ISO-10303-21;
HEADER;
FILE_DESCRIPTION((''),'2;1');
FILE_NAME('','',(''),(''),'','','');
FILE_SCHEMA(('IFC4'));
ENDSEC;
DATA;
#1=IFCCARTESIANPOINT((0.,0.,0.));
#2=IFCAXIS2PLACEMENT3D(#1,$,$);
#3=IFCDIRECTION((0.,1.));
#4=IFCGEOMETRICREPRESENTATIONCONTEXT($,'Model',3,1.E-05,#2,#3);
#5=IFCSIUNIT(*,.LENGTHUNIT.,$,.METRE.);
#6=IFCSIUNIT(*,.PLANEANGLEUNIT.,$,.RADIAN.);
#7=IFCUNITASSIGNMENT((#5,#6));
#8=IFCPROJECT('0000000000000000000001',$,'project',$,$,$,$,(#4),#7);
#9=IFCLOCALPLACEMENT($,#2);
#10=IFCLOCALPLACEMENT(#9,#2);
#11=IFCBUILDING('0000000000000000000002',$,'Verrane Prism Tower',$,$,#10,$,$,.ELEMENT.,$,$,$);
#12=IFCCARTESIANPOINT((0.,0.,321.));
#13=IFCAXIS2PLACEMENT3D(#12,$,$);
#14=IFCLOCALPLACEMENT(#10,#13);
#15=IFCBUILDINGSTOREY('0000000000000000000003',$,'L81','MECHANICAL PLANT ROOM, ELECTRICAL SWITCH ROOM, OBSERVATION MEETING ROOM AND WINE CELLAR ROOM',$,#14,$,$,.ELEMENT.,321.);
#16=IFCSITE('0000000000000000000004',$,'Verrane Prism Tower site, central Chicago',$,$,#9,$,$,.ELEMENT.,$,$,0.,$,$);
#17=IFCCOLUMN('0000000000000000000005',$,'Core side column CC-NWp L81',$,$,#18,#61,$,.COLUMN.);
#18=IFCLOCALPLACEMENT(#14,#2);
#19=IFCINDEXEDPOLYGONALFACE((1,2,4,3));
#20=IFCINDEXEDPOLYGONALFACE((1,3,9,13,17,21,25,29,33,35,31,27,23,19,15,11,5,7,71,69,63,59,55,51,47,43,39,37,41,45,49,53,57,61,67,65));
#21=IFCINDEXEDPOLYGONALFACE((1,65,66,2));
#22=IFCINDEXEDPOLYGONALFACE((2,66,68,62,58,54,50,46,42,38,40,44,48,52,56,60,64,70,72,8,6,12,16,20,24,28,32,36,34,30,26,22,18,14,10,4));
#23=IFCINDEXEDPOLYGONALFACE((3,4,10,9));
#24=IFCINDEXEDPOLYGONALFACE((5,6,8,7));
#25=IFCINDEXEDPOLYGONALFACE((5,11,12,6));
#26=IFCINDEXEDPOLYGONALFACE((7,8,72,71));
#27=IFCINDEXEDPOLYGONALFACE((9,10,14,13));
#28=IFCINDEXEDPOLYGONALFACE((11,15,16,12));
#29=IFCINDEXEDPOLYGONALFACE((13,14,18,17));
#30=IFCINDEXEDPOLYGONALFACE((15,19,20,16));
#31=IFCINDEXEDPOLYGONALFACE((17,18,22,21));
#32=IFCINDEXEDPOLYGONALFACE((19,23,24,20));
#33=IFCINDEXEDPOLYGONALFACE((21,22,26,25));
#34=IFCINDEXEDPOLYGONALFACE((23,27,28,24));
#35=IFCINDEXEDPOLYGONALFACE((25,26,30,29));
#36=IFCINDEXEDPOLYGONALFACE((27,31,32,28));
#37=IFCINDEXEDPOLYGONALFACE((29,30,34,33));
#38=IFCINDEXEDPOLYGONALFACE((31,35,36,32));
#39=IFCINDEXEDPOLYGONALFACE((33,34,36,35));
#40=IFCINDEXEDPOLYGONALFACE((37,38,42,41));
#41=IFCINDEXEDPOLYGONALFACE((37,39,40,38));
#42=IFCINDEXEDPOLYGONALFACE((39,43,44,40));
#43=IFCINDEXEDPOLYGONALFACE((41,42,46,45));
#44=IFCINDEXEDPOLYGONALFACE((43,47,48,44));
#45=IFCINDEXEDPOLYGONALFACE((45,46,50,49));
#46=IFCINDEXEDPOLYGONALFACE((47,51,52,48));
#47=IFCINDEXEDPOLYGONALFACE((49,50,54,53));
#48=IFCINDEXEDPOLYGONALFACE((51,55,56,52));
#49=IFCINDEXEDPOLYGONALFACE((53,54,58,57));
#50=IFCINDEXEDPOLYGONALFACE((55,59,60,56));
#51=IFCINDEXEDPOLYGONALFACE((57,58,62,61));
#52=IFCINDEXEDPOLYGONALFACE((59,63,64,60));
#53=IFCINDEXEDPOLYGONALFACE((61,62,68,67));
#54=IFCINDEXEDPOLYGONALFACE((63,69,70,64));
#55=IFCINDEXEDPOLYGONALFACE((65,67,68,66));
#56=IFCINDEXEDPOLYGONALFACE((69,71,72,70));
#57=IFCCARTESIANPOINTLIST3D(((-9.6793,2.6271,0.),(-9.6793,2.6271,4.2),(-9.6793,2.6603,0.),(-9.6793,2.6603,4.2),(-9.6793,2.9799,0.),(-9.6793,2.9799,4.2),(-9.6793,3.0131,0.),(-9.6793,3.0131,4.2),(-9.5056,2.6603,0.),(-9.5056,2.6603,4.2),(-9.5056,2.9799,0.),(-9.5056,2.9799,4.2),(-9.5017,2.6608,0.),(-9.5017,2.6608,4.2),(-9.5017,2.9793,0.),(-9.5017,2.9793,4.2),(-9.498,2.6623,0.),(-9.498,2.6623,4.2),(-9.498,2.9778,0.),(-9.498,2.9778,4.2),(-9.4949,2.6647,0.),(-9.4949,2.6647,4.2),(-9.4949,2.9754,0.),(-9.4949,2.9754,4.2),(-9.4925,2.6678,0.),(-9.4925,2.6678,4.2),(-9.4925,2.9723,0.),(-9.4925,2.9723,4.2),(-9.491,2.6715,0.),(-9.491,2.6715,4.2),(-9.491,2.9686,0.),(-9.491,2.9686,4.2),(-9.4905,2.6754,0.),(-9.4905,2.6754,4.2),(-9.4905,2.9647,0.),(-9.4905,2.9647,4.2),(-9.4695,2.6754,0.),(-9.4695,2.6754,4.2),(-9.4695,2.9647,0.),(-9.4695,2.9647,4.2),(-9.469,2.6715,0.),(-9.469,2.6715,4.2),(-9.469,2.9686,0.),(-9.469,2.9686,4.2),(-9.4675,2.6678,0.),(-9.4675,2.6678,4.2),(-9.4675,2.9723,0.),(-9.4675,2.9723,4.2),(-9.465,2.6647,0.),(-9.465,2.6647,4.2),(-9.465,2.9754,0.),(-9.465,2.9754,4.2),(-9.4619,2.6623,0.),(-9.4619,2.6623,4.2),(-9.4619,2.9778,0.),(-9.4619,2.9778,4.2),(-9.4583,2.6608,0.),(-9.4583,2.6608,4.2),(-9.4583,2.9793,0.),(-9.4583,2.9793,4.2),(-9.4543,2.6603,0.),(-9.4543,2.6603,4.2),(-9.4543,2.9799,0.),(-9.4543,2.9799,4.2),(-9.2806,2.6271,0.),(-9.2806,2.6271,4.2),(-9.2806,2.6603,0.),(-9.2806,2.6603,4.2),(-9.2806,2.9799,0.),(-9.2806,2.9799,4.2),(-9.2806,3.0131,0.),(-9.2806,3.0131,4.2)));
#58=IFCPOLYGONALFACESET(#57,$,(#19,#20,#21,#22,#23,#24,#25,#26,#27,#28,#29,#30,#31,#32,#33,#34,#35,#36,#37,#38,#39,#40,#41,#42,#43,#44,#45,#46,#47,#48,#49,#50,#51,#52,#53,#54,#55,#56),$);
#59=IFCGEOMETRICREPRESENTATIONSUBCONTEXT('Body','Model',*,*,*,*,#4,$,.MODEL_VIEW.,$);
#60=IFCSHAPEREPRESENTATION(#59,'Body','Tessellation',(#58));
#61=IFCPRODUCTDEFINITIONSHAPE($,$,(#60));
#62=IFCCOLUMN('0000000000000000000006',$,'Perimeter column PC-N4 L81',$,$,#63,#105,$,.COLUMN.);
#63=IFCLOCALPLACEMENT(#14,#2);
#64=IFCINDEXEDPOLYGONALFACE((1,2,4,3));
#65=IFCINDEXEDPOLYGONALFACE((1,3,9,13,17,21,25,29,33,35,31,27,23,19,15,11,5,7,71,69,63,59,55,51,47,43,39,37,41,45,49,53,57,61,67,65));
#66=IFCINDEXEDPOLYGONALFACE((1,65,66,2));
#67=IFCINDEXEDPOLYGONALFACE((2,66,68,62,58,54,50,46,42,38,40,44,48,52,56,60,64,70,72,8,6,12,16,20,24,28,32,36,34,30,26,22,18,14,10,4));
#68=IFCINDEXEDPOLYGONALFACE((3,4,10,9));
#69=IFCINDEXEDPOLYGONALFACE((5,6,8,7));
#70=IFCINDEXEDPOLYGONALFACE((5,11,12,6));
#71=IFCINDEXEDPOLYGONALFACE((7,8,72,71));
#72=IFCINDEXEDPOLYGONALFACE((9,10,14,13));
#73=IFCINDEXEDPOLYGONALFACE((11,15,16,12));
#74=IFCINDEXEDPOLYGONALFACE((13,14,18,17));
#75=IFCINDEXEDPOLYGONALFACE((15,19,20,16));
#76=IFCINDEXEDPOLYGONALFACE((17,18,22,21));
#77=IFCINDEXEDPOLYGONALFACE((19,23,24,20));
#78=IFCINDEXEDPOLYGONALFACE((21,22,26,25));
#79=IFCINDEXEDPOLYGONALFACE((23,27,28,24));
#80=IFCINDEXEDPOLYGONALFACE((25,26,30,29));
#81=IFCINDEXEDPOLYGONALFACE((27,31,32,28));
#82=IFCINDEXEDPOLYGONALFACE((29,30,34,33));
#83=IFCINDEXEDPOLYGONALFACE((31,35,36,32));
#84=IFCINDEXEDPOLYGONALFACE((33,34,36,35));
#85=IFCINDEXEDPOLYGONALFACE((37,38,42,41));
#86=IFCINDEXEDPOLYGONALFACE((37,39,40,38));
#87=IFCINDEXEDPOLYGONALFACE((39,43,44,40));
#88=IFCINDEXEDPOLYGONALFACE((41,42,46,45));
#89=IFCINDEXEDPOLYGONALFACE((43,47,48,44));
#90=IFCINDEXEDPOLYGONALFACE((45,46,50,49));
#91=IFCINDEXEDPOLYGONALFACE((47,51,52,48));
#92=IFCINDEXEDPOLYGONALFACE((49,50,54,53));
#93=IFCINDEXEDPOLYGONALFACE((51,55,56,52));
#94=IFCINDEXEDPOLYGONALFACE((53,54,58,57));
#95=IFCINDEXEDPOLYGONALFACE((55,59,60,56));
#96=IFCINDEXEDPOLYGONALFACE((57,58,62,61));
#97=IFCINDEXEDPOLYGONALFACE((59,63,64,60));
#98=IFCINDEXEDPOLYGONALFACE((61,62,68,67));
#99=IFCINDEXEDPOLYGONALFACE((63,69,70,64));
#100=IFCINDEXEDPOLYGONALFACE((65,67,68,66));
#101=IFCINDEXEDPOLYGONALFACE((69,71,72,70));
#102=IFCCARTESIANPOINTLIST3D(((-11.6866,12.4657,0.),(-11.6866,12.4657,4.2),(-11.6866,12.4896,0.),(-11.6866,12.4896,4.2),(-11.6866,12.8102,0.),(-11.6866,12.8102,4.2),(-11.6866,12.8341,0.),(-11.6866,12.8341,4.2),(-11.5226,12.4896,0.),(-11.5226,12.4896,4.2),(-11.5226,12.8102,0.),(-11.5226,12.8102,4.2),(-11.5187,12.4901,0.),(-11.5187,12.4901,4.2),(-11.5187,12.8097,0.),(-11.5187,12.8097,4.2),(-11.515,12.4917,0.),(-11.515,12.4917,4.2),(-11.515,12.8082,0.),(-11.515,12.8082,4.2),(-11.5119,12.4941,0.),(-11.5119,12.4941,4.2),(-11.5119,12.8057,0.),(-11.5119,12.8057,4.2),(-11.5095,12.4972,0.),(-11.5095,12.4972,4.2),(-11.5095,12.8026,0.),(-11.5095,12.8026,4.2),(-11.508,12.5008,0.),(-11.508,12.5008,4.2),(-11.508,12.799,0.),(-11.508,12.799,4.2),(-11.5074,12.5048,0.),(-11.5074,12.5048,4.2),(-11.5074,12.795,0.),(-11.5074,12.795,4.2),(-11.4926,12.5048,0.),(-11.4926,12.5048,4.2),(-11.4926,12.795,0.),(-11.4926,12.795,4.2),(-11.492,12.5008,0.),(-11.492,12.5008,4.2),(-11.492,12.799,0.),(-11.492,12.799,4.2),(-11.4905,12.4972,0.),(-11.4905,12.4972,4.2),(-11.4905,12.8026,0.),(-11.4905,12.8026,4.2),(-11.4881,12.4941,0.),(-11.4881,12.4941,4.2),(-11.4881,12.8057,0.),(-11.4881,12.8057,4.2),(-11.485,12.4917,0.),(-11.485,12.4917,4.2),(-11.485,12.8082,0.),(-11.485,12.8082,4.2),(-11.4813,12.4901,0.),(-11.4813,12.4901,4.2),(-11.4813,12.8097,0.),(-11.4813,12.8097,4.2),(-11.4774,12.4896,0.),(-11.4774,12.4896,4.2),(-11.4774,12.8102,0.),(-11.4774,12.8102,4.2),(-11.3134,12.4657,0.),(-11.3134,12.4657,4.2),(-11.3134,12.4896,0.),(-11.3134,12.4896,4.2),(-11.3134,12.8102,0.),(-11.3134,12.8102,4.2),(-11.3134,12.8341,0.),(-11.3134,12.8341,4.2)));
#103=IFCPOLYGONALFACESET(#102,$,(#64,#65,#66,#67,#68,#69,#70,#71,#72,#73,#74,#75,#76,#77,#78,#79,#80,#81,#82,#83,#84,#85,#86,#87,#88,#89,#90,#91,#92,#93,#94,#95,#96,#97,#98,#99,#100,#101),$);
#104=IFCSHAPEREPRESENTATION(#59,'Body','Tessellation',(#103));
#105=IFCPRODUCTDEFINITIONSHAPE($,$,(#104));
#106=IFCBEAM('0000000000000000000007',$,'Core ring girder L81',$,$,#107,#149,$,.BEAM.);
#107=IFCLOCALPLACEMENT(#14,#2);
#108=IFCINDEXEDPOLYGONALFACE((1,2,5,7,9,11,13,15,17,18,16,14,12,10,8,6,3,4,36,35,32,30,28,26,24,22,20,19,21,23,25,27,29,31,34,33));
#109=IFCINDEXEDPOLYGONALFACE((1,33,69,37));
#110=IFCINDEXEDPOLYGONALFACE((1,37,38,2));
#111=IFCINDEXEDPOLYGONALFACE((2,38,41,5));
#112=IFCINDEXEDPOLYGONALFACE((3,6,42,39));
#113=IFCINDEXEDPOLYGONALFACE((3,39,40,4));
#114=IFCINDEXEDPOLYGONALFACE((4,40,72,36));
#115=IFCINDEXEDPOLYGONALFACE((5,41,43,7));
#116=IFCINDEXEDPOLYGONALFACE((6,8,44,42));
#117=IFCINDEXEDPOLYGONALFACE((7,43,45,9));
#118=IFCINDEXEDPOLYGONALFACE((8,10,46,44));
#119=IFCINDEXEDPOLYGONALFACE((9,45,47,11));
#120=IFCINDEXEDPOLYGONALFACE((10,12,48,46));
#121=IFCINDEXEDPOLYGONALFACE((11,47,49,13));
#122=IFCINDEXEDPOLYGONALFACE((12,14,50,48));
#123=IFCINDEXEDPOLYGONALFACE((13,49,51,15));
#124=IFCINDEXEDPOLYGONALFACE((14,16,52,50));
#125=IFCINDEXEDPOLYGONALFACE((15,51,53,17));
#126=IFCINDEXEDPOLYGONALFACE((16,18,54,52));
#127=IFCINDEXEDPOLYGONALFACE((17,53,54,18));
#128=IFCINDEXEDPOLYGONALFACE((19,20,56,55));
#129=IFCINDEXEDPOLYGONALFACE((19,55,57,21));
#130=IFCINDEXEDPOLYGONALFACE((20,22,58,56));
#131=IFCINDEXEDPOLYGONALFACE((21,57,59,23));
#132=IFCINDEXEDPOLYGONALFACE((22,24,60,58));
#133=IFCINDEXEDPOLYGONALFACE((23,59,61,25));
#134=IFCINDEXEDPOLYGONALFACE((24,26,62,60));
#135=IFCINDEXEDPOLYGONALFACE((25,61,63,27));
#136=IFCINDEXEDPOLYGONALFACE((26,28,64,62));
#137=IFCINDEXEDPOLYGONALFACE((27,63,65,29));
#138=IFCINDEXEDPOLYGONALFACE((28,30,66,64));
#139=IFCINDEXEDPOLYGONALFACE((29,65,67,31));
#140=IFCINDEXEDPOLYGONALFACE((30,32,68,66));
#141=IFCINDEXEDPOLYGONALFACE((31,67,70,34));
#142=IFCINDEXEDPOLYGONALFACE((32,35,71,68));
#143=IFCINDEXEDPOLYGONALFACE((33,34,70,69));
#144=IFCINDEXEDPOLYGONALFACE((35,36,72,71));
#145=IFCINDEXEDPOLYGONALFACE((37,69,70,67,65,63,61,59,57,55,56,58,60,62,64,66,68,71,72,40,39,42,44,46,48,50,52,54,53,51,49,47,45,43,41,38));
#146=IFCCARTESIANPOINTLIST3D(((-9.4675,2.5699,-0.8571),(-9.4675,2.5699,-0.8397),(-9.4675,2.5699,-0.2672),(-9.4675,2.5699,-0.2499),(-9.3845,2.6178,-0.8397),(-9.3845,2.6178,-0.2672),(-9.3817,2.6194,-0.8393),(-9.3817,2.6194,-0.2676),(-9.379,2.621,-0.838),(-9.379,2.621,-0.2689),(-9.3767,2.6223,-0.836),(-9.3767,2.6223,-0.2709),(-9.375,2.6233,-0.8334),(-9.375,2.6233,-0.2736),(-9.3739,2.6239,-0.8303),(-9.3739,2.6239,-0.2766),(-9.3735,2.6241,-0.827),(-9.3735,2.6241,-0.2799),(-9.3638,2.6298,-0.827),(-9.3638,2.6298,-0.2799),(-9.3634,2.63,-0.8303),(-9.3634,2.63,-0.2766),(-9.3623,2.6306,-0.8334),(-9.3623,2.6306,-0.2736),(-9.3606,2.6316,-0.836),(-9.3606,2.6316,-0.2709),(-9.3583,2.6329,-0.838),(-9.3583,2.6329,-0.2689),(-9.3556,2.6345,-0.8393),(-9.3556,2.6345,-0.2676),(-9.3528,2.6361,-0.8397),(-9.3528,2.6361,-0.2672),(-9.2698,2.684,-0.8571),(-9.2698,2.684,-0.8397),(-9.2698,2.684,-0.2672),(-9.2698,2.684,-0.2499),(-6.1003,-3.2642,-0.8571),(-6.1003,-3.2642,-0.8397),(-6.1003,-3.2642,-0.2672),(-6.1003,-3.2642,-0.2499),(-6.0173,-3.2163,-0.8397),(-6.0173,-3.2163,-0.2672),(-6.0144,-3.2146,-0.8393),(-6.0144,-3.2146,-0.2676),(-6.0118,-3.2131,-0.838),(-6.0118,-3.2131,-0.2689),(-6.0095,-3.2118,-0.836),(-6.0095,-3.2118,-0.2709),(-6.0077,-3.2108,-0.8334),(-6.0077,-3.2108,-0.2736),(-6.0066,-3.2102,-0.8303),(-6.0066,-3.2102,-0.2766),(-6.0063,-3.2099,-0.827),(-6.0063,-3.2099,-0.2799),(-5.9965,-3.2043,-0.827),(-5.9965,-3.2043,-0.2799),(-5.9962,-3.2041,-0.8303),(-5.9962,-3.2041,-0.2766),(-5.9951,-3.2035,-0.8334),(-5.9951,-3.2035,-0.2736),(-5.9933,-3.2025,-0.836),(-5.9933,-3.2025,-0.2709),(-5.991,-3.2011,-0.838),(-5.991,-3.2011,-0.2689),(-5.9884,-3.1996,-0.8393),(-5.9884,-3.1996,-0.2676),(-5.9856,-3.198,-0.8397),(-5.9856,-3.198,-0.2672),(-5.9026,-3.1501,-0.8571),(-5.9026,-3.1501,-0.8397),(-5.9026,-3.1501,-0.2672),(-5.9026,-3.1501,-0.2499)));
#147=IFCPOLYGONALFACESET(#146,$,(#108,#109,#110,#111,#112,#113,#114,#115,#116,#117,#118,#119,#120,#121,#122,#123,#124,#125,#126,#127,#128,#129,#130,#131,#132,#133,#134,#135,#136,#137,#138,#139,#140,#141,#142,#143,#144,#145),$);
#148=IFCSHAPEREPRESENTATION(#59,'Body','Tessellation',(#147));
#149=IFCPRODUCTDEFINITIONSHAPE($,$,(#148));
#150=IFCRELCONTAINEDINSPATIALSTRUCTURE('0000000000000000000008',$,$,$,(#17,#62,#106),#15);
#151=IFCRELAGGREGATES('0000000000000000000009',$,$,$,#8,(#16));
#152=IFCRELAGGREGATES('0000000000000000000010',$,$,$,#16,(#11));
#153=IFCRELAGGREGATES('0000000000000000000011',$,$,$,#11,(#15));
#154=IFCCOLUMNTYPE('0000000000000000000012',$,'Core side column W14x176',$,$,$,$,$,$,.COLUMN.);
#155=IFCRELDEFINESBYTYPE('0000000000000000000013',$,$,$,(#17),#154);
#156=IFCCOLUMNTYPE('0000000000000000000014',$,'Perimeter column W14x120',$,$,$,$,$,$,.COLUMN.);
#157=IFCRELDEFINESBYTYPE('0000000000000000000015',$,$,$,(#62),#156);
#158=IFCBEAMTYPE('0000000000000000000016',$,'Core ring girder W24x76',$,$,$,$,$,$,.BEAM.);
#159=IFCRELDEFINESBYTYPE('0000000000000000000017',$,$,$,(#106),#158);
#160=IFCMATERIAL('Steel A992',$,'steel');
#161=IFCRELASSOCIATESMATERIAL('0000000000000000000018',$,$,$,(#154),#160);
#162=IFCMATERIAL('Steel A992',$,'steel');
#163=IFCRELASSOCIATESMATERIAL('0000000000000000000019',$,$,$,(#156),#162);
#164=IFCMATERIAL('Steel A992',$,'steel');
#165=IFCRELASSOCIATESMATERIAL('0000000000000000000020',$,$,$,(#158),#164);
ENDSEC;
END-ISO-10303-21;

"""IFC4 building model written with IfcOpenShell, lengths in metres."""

from ifc_helpers import new_model, si_unit, direction, frame, origin, origin_2d, place, context, subcontext, project, spatial, i_section, extrude, material, material_profile, profile_set, type_object, element, save


model = new_model("IFC4")

# Units and contexts
model_context = context("Model", 3, precision=1e-05, world=origin(), true_north=direction((0.0, 1.0)))
body_context = subcontext(model_context, "Body", "Model", "MODEL_VIEW")
ifc_project = project(units=[si_unit("LENGTHUNIT", "METRE"), si_unit("PLANEANGLEUNIT", "RADIAN")], contexts=[model_context])

# Site, building, storey
site_placement = place(None, origin())
site = spatial("IfcSite", under=ifc_project, at=site_placement, Name="Verrane Prism Tower site, central Chicago", CompositionType="ELEMENT", RefElevation=0.0)
building_placement = place(site_placement, origin())
building = spatial("IfcBuilding", under=site, at=building_placement, Name="Verrane Prism Tower", CompositionType="ELEMENT")
storey_placement = place(building_placement, frame((0.0, 0.0, 321.0)))
storey = spatial("IfcBuildingStorey", under=building, at=storey_placement, Name="L81", Description="MECHANICAL PLANT ROOM, ELECTRICAL SWITCH ROOM, OBSERVATION MEETING ROOM AND WINE CELLAR ROOM", CompositionType="ELEMENT", Elevation=321.0)

# Columns
ifc_material_1 = material(Name="Steel A992", Category="steel")
ifc_material_profile_1 = material_profile(ifc_material_1, i_section(OverallWidth=0.3987, OverallDepth=0.386, WebThickness=0.021, FlangeThickness=0.0332, FilletRadius=0.0151, at=origin_2d()), Name="W14x176")
ifc_profile_set_1 = profile_set([ifc_material_profile_1], Name="Steel A992")
column_type_1 = type_object("IfcColumnType", Name="Core side column W14x176", PredefinedType="COLUMN", material=ifc_profile_set_1)
column_1_placement = place(storey_placement, frame((-9.48, 2.8201, 0.0), z_axis=(0.0, 0.0, 1.0), x_axis=(1.0, 0.0, 0.0)))
element("IfcColumn", 1, at=column_1_placement, inside=storey, type_object=column_type_1, Name="Core side column CC-NWp L81", PredefinedType="COLUMN", context=body_context, shape_type="SweptSolid", body=[
    extrude(i_section(OverallWidth=0.3987, OverallDepth=0.386, WebThickness=0.021, FlangeThickness=0.0332, FilletRadius=0.0151, at=origin_2d()), origin(), (0.0, 0.0, 1.0), 4.2),
])
ifc_material_2 = material(Name="Steel A992", Category="steel")
ifc_material_profile_2 = material_profile(ifc_material_2, i_section(OverallWidth=0.3733, OverallDepth=0.3684, WebThickness=0.0149, FlangeThickness=0.0239, FilletRadius=0.0151, at=origin_2d()), Name="W14x120")
ifc_profile_set_2 = profile_set([ifc_material_profile_2], Name="Steel A992")
column_type_2 = type_object("IfcColumnType", Name="Perimeter column W14x120", PredefinedType="COLUMN", material=ifc_profile_set_2)
column_2_placement = place(storey_placement, frame((-11.5, 12.6499, 0.0), z_axis=(0.0, 0.0, 1.0), x_axis=(1.0, 0.0, 0.0)))
element("IfcColumn", 2, at=column_2_placement, inside=storey, type_object=column_type_2, Name="Perimeter column PC-N4 L81", PredefinedType="COLUMN", context=body_context, shape_type="SweptSolid", body=[
    extrude(i_section(OverallWidth=0.3733, OverallDepth=0.3684, WebThickness=0.0149, FlangeThickness=0.0239, FilletRadius=0.0151, at=origin_2d()), origin(), (0.0, 0.0, 1.0), 4.2),
])

# Beam
ifc_material_3 = material(Name="Steel A992", Category="steel")
ifc_material_profile_3 = material_profile(ifc_material_3, i_section(OverallWidth=0.2283, OverallDepth=0.6072, WebThickness=0.0112, FlangeThickness=0.0173, FilletRadius=0.0127, at=origin_2d()), Name="W24x76")
ifc_profile_set_3 = profile_set([ifc_material_profile_3], Name="Steel A992")
beam_type_1 = type_object("IfcBeamType", Name="Core ring girder W24x76", PredefinedType="BEAM", material=ifc_profile_set_3)
beam_1_placement = place(storey_placement, frame((-9.3687, 2.627, -0.5535), z_axis=(0.499881, -0.866094, 0.0), x_axis=(0.866094, 0.499881, 0.0)))
element("IfcBeam", 3, at=beam_1_placement, inside=storey, type_object=beam_type_1, Name="Core ring girder L81", PredefinedType="BEAM", context=body_context, shape_type="SweptSolid", body=[
    extrude(i_section(OverallWidth=0.2283, OverallDepth=0.6072, WebThickness=0.0112, FlangeThickness=0.0173, FilletRadius=0.0127, at=origin_2d()), origin(), (0.0, 0.0, 1.0), 6.7361),
])

save(model, "model.ifc")
